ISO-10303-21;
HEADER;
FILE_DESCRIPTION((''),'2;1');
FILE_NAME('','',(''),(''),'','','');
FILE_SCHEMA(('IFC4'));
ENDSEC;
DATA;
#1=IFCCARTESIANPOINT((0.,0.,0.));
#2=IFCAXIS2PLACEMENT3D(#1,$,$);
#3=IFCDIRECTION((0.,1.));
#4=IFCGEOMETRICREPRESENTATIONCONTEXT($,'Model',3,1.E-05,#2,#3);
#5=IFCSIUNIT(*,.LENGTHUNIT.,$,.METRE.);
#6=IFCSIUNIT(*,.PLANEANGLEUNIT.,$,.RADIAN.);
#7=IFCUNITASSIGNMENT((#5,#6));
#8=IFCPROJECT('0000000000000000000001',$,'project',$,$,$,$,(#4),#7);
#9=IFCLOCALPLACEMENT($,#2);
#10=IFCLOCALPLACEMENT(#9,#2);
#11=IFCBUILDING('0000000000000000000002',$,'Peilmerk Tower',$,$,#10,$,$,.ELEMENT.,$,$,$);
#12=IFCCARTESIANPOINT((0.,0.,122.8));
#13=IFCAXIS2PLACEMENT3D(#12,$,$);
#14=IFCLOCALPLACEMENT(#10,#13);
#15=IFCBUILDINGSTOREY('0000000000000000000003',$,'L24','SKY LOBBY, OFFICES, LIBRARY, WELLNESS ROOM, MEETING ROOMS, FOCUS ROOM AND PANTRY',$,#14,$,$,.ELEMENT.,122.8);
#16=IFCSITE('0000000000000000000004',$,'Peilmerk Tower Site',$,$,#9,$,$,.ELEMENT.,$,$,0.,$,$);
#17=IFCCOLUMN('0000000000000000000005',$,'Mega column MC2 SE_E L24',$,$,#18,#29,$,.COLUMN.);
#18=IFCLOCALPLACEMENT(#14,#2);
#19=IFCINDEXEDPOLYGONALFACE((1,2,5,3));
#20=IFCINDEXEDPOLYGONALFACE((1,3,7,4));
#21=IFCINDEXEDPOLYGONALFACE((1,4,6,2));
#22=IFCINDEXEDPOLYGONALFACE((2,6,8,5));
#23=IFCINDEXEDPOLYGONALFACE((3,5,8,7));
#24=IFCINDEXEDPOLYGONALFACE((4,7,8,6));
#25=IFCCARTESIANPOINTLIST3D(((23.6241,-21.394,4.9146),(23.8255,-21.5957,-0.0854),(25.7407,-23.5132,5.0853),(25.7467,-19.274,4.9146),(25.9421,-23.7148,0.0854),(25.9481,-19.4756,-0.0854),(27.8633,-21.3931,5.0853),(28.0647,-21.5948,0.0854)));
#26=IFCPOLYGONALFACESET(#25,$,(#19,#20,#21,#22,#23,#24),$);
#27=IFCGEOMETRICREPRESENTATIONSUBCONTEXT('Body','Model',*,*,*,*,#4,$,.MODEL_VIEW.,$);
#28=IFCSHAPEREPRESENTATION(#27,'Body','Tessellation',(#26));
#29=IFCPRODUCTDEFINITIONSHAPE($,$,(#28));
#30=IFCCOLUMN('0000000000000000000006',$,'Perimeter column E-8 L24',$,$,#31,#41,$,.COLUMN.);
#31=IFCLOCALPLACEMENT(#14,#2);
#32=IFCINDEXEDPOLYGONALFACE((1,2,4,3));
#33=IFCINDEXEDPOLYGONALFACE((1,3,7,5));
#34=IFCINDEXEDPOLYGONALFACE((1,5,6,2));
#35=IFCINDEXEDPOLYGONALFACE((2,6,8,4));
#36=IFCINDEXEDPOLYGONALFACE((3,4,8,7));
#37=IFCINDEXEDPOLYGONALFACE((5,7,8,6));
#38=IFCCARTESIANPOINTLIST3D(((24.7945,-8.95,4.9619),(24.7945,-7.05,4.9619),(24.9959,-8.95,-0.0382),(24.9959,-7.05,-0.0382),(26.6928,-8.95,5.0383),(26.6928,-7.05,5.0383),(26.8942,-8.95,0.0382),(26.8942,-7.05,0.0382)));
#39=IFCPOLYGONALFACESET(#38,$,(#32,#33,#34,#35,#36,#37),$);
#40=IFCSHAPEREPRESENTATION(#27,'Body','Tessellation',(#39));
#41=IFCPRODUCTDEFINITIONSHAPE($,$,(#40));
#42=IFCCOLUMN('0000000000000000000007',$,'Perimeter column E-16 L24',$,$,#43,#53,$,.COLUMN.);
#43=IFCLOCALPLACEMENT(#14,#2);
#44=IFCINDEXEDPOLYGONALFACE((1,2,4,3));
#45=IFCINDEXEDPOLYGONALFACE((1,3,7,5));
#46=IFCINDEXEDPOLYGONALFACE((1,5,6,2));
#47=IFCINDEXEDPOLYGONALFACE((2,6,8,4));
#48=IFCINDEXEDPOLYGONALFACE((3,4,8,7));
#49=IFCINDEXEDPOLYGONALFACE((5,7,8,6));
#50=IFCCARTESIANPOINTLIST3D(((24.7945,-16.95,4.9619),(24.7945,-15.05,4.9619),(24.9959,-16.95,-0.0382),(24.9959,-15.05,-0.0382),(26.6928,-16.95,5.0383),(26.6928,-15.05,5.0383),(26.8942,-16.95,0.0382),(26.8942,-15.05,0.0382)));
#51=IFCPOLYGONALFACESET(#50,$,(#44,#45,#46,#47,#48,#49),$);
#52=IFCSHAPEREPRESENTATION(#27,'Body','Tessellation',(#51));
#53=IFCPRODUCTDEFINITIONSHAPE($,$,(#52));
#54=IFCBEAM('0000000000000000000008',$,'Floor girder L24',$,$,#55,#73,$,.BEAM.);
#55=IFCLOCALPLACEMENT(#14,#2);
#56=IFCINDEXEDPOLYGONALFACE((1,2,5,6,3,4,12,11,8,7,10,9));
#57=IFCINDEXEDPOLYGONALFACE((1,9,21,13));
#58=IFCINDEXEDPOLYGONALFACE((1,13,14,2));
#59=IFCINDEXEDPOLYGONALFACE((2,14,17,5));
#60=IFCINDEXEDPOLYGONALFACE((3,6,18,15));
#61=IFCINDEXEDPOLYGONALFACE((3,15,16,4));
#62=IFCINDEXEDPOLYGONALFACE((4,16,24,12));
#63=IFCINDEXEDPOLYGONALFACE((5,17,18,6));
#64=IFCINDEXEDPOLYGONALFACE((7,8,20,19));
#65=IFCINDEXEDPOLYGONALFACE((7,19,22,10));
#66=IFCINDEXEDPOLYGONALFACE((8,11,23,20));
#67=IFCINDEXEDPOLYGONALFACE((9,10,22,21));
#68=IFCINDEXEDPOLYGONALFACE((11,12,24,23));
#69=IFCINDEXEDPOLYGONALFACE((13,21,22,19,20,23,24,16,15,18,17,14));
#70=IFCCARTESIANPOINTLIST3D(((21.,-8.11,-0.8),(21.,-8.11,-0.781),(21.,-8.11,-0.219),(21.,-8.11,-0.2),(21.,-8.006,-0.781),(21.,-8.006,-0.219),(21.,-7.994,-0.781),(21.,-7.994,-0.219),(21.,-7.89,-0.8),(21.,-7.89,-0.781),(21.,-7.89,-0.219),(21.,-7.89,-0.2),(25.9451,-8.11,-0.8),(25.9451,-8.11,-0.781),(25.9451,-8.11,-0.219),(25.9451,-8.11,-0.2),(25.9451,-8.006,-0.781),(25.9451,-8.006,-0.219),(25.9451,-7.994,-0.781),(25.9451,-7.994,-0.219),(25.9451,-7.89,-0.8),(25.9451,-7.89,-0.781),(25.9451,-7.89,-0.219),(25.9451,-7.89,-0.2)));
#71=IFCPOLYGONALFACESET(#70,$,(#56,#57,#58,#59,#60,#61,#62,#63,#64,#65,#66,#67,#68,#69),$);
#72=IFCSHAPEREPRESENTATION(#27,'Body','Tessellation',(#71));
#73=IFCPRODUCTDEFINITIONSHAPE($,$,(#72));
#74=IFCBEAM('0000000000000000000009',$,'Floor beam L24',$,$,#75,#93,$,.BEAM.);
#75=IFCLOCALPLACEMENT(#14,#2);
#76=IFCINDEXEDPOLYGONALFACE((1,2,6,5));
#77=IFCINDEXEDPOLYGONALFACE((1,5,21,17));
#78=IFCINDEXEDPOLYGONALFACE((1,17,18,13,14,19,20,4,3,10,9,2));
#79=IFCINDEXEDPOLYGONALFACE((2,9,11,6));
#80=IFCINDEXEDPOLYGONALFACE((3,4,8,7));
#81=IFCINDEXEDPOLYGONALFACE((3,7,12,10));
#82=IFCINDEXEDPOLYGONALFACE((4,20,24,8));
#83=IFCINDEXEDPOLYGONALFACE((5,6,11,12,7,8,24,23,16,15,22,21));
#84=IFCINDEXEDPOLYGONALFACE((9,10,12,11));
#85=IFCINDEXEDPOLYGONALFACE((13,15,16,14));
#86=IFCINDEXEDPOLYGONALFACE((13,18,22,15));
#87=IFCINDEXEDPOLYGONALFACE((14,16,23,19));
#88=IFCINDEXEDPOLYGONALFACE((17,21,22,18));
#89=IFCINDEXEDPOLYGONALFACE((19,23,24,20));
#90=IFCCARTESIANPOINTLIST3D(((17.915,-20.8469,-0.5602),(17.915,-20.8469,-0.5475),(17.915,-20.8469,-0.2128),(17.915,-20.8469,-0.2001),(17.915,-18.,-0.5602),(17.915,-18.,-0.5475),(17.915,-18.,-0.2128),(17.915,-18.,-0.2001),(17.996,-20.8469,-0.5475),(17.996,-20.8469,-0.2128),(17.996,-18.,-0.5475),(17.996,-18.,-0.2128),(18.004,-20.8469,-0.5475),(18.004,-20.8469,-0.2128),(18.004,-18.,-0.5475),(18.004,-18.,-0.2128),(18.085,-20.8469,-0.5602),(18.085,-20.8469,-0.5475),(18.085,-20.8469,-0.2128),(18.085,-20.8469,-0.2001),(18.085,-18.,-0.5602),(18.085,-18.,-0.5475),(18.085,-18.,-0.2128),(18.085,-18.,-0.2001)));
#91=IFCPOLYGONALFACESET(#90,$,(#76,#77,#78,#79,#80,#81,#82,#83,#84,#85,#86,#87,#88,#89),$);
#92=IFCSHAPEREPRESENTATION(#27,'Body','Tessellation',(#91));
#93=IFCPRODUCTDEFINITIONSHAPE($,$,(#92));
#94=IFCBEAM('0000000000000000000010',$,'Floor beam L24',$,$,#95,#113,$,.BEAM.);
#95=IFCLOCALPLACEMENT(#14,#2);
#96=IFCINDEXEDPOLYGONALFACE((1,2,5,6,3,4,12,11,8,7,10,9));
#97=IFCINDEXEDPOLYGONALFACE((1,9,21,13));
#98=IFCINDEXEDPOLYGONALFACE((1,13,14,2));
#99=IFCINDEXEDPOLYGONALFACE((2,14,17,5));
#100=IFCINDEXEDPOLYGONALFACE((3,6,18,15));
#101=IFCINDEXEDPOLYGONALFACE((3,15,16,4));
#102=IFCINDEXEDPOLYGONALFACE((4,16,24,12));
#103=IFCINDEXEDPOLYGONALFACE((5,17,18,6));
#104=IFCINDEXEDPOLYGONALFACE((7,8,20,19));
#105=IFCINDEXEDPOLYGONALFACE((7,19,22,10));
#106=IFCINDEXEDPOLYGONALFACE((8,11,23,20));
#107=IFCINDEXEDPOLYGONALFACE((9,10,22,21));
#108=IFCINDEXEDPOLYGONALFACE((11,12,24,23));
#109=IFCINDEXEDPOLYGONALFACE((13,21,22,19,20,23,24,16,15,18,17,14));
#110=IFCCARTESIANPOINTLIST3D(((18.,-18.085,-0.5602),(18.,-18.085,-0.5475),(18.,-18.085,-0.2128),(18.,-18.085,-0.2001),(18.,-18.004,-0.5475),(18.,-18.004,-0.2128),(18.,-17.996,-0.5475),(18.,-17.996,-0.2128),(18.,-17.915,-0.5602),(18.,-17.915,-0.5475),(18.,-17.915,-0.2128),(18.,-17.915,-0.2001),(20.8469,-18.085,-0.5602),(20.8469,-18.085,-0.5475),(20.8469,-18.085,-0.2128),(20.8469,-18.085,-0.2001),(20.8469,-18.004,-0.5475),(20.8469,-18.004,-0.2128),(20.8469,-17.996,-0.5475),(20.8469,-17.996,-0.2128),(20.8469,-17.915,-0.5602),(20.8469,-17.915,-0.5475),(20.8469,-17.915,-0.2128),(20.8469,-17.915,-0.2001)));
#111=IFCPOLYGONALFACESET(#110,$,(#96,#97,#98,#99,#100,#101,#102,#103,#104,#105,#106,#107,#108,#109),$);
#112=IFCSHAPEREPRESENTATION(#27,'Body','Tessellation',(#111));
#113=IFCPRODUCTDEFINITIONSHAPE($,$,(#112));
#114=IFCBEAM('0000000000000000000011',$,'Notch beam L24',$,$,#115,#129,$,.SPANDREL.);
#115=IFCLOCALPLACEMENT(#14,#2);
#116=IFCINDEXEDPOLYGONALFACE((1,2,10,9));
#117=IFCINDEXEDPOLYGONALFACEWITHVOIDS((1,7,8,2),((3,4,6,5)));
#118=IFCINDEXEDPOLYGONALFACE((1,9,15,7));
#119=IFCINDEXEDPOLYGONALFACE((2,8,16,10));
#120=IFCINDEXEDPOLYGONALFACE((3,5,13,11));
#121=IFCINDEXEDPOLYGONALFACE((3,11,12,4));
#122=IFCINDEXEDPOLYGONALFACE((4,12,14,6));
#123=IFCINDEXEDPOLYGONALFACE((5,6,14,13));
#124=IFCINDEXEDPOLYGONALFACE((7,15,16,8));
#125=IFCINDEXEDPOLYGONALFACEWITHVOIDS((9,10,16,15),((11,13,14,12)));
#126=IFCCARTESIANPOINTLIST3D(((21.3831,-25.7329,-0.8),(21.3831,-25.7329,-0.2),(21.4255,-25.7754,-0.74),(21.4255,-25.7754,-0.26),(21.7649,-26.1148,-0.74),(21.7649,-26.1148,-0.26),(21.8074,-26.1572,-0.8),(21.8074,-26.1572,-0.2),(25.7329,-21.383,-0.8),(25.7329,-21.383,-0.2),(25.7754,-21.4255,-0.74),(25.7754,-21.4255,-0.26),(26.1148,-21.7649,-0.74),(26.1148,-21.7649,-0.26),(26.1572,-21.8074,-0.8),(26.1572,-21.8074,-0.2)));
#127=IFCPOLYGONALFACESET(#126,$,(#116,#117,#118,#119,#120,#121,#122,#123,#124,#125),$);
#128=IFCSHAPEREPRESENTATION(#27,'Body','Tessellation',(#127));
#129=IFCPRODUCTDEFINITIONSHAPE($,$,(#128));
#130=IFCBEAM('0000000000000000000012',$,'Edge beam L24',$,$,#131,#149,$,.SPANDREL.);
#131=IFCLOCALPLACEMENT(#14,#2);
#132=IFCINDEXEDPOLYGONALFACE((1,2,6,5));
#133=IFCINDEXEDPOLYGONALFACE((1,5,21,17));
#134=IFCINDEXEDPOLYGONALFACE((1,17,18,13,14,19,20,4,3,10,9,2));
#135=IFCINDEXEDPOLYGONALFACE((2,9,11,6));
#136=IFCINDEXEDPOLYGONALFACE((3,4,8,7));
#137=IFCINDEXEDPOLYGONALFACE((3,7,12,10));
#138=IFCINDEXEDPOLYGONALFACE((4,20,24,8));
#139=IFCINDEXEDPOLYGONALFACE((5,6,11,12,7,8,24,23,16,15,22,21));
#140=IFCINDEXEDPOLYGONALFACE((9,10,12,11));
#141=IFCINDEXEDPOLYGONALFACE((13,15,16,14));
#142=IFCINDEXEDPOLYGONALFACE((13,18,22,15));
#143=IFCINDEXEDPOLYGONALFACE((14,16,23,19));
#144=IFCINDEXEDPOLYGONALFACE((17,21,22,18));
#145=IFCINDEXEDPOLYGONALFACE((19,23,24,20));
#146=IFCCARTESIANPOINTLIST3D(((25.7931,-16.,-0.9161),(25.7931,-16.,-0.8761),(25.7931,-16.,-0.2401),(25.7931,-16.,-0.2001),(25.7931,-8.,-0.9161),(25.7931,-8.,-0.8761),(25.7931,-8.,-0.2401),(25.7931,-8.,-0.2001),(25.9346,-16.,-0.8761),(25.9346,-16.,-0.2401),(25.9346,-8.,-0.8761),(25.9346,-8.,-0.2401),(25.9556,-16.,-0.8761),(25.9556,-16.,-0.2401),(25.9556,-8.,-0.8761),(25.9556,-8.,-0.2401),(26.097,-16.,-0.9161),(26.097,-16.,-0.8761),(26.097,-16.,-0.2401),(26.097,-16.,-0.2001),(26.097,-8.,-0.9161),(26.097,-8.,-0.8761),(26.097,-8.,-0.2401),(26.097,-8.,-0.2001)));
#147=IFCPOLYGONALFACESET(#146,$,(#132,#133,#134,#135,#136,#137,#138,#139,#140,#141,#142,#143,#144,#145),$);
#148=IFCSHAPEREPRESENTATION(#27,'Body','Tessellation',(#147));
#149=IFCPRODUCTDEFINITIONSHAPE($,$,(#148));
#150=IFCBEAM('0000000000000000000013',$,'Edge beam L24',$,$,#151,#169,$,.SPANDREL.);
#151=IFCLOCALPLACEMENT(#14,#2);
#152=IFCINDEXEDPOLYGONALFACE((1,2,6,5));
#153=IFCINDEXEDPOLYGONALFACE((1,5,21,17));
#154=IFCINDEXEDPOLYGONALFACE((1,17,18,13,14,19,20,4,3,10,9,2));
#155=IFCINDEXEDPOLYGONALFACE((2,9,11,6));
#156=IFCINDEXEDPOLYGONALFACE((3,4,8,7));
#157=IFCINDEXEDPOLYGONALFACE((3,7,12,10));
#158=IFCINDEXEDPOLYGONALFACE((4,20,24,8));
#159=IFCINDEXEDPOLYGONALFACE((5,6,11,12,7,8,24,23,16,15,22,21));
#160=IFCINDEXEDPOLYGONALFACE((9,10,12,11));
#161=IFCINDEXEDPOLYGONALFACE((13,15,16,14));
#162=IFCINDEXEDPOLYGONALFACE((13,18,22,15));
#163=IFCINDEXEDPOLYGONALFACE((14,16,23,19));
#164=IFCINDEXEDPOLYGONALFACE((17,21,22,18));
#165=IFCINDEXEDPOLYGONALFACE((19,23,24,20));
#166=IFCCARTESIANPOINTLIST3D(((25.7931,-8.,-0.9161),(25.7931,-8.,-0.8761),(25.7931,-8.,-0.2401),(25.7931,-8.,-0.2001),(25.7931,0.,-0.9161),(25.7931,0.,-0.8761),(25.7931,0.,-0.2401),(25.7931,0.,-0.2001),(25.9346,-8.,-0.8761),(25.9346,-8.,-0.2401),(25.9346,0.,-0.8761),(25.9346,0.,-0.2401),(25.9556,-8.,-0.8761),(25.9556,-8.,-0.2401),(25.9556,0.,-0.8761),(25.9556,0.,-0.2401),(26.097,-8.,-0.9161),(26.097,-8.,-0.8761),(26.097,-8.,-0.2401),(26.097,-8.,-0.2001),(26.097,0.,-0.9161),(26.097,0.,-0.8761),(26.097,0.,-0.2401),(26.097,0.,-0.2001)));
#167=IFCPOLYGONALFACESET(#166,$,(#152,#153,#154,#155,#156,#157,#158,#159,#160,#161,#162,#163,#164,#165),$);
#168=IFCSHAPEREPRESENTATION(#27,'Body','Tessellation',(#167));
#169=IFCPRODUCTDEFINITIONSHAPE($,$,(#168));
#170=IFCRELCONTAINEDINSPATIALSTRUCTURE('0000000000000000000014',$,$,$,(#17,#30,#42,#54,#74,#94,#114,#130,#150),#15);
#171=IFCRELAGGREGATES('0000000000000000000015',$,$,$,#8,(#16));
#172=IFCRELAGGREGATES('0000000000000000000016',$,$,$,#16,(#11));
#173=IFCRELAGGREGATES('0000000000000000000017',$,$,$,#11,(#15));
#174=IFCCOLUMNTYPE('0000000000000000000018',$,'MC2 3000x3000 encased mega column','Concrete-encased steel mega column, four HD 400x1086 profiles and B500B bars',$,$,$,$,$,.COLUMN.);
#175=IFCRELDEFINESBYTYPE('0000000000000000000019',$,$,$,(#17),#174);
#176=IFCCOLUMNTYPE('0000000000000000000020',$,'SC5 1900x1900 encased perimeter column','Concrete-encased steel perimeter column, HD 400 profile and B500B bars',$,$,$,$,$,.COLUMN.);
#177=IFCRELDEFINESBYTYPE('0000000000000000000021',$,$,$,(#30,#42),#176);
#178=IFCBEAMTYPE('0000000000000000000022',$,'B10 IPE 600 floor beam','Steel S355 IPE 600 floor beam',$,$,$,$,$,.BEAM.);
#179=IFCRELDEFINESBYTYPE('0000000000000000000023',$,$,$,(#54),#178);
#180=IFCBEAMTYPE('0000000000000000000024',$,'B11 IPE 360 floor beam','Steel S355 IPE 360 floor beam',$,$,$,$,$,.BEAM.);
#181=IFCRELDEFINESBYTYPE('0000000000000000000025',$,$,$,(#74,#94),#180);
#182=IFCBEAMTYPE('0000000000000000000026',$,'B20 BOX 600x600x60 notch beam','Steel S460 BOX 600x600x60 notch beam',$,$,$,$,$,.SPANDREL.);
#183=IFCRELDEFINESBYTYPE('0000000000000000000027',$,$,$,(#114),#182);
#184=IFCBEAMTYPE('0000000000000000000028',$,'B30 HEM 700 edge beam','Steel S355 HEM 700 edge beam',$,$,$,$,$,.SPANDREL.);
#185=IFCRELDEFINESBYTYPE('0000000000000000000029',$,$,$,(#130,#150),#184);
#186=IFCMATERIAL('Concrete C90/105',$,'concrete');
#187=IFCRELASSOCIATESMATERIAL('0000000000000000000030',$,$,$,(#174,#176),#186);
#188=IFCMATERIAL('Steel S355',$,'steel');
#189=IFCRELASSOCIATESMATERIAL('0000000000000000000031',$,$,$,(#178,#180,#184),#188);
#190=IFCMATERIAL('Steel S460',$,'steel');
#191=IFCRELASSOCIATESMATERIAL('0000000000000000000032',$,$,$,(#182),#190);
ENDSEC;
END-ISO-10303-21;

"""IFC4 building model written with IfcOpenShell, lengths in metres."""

from ifc_helpers import new_model, si_unit, direction, frame, origin, origin_2d, place, context, subcontext, project, spatial, rectangle, hollow_rectangle, i_section, extrude, material, material_profile, profile_set, type_object, element, save


model = new_model("IFC4")

# Units and contexts
model_context = context("Model", 3, precision=1e-05, world=origin(), true_north=direction((0.0, 1.0)))
body_context = subcontext(model_context, "Body", "Model", "MODEL_VIEW")
ifc_project = project(units=[si_unit("LENGTHUNIT", "METRE"), si_unit("PLANEANGLEUNIT", "RADIAN")], contexts=[model_context])

# Site, building, storey
site_placement = place(None, origin())
site = spatial("IfcSite", under=ifc_project, at=site_placement, Name="Peilmerk Tower Site", CompositionType="ELEMENT", RefElevation=0.0)
building_placement = place(site_placement, origin())
building = spatial("IfcBuilding", under=site, at=building_placement, Name="Peilmerk Tower", CompositionType="ELEMENT")
storey_placement = place(building_placement, frame((0.0, 0.0, 122.8)))
storey = spatial("IfcBuildingStorey", under=building, at=storey_placement, Name="L24", Description="SKY LOBBY, OFFICES, LIBRARY, WELLNESS ROOM, MEETING ROOMS, FOCUS ROOM AND PANTRY", CompositionType="ELEMENT", Elevation=122.8)

# Columns
ifc_material_1 = material(Name="Concrete C90/105", Category="concrete")
ifc_material_profile_1 = material_profile(ifc_material_1, rectangle(XDim=3.0, YDim=3.0, at=origin_2d()), Name="RC 3000x3000")
ifc_profile_set_1 = profile_set([ifc_material_profile_1], Name="Concrete C90/105")
column_type_1 = type_object("IfcColumnType", Name="MC2 3000x3000 encased mega column", Description="Concrete-encased steel mega column, four HD 400x1086 profiles and B500B bars", PredefinedType="COLUMN", material=ifc_profile_set_1)
column_placement = place(storey_placement, frame((25.9451, -21.5952, 0.0), z_axis=(-0.040218, 0.040267, 0.998379), x_axis=(-0.707535, -0.706678, 0.0)))
element("IfcColumn", 1, at=column_placement, inside=storey, type_object=column_type_1, Name="Mega column MC2 SE_E L24", PredefinedType="COLUMN", context=body_context, shape_type="SweptSolid", body=[
    extrude(rectangle(XDim=3.0, YDim=3.0, at=origin_2d()), origin(), (0.0, 0.0, 1.0), 5.0081),
])
ifc_material_profile_2 = material_profile(ifc_material_1, rectangle(XDim=1.8999, YDim=1.8999, at=origin_2d()), Name="RC 1900x1900")
ifc_profile_set_2 = profile_set([ifc_material_profile_2], Name="Concrete C90/105")
column_type_2 = type_object("IfcColumnType", Name="SC5 1900x1900 encased perimeter column", Description="Concrete-encased steel perimeter column, HD 400 profile and B500B bars", PredefinedType="COLUMN", material=ifc_profile_set_2)
for number, where, z_axis, x_axis, name in (
    (2, (25.9451, -8.0, 0.0), (-0.040251, 0.0, 0.99919), (0.0, -1.0, 0.0), "Perimeter column E-8 L24"),
    (3, (25.9451, -16.0, 0.0), (-0.040251, 0.0, 0.99919), (0.0, -1.0, 0.0), "Perimeter column E-16 L24"),
):
    element("IfcColumn", number, at=place(storey_placement, frame(where, z_axis=z_axis, x_axis=x_axis)), inside=storey, type_object=column_type_2, Name=name, PredefinedType="COLUMN", context=body_context, shape_type="SweptSolid", body=[
        extrude(rectangle(XDim=1.8999, YDim=1.8999, at=origin_2d()), origin(), (0.0, 0.0, 1.0), 5.0042),
    ])

# Beams
ifc_material_2 = material(Name="Steel S355", Category="steel")
ifc_material_profile_3 = material_profile(ifc_material_2, i_section(OverallWidth=0.22, OverallDepth=0.6001, WebThickness=0.012, FlangeThickness=0.019, at=origin_2d()), Name="IPE 600")
ifc_profile_set_3 = profile_set([ifc_material_profile_3], Name="Steel S355")
beam_type_1 = type_object("IfcBeamType", Name="B10 IPE 600 floor beam", Description="Steel S355 IPE 600 floor beam", PredefinedType="BEAM", material=ifc_profile_set_3)
beam_1_placement = place(storey_placement, frame((21.0, -8.0, -0.5), z_axis=(1.0, 0.0, 0.0), x_axis=(0.0, 1.0, 0.0)))
element("IfcBeam", 4, at=beam_1_placement, inside=storey, type_object=beam_type_1, Name="Floor girder L24", PredefinedType="BEAM", context=body_context, shape_type="SweptSolid", body=[
    extrude(i_section(OverallWidth=0.22, OverallDepth=0.6001, WebThickness=0.012, FlangeThickness=0.019, at=origin_2d()), origin(), (0.0, 0.0, 1.0), 4.9451),
])
ifc_material_profile_4 = material_profile(ifc_material_2, i_section(OverallWidth=0.1699, OverallDepth=0.3601, WebThickness=0.0081, FlangeThickness=0.0127, at=origin_2d()), Name="IPE 360")
ifc_profile_set_4 = profile_set([ifc_material_profile_4], Name="Steel S355")
beam_type_2 = type_object("IfcBeamType", Name="B11 IPE 360 floor beam", Description="Steel S355 IPE 360 floor beam", PredefinedType="BEAM", material=ifc_profile_set_4)
for number, where, z_axis, x_axis, name in (
    (5, (18.0, -18.0, -0.3801), (0.0, -1.0, 0.0), (1.0, 0.0, 0.0), "Floor beam L24"),
    (6, (18.0, -18.0, -0.3801), (1.0, 0.0, 0.0), (0.0, 1.0, 0.0), "Floor beam L24"),
):
    element("IfcBeam", number, at=place(storey_placement, frame(where, z_axis=z_axis, x_axis=x_axis)), inside=storey, type_object=beam_type_2, Name=name, PredefinedType="BEAM", context=body_context, shape_type="SweptSolid", body=[
        extrude(i_section(OverallWidth=0.1699, OverallDepth=0.3601, WebThickness=0.0081, FlangeThickness=0.0127, at=origin_2d()), origin(), (0.0, 0.0, 1.0), 2.8469),
    ])
ifc_material_3 = material(Name="Steel S460", Category="steel")
ifc_material_profile_5 = material_profile(ifc_material_3, hollow_rectangle(XDim=0.6001, YDim=0.6001, WallThickness=0.0601, at=origin_2d()), Name="BOX 600x600x60")
ifc_profile_set_5 = profile_set([ifc_material_profile_5], Name="Steel S460")
beam_type_3 = type_object("IfcBeamType", Name="B20 BOX 600x600x60 notch beam", Description="Steel S460 BOX 600x600x60 notch beam", PredefinedType="SPANDREL", material=ifc_profile_set_5)
beam_2_placement = place(storey_placement, frame((25.9451, -21.5952, -0.5), z_axis=(-0.707107, -0.707107, 0.0), x_axis=(0.707107, -0.707107, 0.0)))
element("IfcBeam", 7, at=beam_2_placement, inside=storey, type_object=beam_type_3, Name="Notch beam L24", PredefinedType="SPANDREL", context=body_context, shape_type="SweptSolid", body=[
    extrude(hollow_rectangle(XDim=0.6001, YDim=0.6001, WallThickness=0.0601, at=origin_2d()), origin(), (0.0, 0.0, 1.0), 6.1516),
])
ifc_material_profile_6 = material_profile(ifc_material_2, i_section(OverallWidth=0.304, OverallDepth=0.7161, WebThickness=0.021, FlangeThickness=0.04, at=origin_2d()), Name="HEM 700")
ifc_profile_set_6 = profile_set([ifc_material_profile_6], Name="Steel S355")
beam_type_4 = type_object("IfcBeamType", Name="B30 HEM 700 edge beam", Description="Steel S355 HEM 700 edge beam", PredefinedType="SPANDREL", material=ifc_profile_set_6)
for number, where, z_axis, x_axis, name in (
    (8, (25.9451, -16.0, -0.5581), (0.0, 1.0, 0.0), (-1.0, 0.0, 0.0), "Edge beam L24"),
    (9, (25.9451, -8.0, -0.5581), (0.0, 1.0, 0.0), (-1.0, 0.0, 0.0), "Edge beam L24"),
):
    element("IfcBeam", number, at=place(storey_placement, frame(where, z_axis=z_axis, x_axis=x_axis)), inside=storey, type_object=beam_type_4, Name=name, PredefinedType="SPANDREL", context=body_context, shape_type="SweptSolid", body=[
        extrude(i_section(OverallWidth=0.304, OverallDepth=0.7161, WebThickness=0.021, FlangeThickness=0.04, at=origin_2d()), origin(), (0.0, 0.0, 1.0), 8.0),
    ])

save(model, "model.ifc")
